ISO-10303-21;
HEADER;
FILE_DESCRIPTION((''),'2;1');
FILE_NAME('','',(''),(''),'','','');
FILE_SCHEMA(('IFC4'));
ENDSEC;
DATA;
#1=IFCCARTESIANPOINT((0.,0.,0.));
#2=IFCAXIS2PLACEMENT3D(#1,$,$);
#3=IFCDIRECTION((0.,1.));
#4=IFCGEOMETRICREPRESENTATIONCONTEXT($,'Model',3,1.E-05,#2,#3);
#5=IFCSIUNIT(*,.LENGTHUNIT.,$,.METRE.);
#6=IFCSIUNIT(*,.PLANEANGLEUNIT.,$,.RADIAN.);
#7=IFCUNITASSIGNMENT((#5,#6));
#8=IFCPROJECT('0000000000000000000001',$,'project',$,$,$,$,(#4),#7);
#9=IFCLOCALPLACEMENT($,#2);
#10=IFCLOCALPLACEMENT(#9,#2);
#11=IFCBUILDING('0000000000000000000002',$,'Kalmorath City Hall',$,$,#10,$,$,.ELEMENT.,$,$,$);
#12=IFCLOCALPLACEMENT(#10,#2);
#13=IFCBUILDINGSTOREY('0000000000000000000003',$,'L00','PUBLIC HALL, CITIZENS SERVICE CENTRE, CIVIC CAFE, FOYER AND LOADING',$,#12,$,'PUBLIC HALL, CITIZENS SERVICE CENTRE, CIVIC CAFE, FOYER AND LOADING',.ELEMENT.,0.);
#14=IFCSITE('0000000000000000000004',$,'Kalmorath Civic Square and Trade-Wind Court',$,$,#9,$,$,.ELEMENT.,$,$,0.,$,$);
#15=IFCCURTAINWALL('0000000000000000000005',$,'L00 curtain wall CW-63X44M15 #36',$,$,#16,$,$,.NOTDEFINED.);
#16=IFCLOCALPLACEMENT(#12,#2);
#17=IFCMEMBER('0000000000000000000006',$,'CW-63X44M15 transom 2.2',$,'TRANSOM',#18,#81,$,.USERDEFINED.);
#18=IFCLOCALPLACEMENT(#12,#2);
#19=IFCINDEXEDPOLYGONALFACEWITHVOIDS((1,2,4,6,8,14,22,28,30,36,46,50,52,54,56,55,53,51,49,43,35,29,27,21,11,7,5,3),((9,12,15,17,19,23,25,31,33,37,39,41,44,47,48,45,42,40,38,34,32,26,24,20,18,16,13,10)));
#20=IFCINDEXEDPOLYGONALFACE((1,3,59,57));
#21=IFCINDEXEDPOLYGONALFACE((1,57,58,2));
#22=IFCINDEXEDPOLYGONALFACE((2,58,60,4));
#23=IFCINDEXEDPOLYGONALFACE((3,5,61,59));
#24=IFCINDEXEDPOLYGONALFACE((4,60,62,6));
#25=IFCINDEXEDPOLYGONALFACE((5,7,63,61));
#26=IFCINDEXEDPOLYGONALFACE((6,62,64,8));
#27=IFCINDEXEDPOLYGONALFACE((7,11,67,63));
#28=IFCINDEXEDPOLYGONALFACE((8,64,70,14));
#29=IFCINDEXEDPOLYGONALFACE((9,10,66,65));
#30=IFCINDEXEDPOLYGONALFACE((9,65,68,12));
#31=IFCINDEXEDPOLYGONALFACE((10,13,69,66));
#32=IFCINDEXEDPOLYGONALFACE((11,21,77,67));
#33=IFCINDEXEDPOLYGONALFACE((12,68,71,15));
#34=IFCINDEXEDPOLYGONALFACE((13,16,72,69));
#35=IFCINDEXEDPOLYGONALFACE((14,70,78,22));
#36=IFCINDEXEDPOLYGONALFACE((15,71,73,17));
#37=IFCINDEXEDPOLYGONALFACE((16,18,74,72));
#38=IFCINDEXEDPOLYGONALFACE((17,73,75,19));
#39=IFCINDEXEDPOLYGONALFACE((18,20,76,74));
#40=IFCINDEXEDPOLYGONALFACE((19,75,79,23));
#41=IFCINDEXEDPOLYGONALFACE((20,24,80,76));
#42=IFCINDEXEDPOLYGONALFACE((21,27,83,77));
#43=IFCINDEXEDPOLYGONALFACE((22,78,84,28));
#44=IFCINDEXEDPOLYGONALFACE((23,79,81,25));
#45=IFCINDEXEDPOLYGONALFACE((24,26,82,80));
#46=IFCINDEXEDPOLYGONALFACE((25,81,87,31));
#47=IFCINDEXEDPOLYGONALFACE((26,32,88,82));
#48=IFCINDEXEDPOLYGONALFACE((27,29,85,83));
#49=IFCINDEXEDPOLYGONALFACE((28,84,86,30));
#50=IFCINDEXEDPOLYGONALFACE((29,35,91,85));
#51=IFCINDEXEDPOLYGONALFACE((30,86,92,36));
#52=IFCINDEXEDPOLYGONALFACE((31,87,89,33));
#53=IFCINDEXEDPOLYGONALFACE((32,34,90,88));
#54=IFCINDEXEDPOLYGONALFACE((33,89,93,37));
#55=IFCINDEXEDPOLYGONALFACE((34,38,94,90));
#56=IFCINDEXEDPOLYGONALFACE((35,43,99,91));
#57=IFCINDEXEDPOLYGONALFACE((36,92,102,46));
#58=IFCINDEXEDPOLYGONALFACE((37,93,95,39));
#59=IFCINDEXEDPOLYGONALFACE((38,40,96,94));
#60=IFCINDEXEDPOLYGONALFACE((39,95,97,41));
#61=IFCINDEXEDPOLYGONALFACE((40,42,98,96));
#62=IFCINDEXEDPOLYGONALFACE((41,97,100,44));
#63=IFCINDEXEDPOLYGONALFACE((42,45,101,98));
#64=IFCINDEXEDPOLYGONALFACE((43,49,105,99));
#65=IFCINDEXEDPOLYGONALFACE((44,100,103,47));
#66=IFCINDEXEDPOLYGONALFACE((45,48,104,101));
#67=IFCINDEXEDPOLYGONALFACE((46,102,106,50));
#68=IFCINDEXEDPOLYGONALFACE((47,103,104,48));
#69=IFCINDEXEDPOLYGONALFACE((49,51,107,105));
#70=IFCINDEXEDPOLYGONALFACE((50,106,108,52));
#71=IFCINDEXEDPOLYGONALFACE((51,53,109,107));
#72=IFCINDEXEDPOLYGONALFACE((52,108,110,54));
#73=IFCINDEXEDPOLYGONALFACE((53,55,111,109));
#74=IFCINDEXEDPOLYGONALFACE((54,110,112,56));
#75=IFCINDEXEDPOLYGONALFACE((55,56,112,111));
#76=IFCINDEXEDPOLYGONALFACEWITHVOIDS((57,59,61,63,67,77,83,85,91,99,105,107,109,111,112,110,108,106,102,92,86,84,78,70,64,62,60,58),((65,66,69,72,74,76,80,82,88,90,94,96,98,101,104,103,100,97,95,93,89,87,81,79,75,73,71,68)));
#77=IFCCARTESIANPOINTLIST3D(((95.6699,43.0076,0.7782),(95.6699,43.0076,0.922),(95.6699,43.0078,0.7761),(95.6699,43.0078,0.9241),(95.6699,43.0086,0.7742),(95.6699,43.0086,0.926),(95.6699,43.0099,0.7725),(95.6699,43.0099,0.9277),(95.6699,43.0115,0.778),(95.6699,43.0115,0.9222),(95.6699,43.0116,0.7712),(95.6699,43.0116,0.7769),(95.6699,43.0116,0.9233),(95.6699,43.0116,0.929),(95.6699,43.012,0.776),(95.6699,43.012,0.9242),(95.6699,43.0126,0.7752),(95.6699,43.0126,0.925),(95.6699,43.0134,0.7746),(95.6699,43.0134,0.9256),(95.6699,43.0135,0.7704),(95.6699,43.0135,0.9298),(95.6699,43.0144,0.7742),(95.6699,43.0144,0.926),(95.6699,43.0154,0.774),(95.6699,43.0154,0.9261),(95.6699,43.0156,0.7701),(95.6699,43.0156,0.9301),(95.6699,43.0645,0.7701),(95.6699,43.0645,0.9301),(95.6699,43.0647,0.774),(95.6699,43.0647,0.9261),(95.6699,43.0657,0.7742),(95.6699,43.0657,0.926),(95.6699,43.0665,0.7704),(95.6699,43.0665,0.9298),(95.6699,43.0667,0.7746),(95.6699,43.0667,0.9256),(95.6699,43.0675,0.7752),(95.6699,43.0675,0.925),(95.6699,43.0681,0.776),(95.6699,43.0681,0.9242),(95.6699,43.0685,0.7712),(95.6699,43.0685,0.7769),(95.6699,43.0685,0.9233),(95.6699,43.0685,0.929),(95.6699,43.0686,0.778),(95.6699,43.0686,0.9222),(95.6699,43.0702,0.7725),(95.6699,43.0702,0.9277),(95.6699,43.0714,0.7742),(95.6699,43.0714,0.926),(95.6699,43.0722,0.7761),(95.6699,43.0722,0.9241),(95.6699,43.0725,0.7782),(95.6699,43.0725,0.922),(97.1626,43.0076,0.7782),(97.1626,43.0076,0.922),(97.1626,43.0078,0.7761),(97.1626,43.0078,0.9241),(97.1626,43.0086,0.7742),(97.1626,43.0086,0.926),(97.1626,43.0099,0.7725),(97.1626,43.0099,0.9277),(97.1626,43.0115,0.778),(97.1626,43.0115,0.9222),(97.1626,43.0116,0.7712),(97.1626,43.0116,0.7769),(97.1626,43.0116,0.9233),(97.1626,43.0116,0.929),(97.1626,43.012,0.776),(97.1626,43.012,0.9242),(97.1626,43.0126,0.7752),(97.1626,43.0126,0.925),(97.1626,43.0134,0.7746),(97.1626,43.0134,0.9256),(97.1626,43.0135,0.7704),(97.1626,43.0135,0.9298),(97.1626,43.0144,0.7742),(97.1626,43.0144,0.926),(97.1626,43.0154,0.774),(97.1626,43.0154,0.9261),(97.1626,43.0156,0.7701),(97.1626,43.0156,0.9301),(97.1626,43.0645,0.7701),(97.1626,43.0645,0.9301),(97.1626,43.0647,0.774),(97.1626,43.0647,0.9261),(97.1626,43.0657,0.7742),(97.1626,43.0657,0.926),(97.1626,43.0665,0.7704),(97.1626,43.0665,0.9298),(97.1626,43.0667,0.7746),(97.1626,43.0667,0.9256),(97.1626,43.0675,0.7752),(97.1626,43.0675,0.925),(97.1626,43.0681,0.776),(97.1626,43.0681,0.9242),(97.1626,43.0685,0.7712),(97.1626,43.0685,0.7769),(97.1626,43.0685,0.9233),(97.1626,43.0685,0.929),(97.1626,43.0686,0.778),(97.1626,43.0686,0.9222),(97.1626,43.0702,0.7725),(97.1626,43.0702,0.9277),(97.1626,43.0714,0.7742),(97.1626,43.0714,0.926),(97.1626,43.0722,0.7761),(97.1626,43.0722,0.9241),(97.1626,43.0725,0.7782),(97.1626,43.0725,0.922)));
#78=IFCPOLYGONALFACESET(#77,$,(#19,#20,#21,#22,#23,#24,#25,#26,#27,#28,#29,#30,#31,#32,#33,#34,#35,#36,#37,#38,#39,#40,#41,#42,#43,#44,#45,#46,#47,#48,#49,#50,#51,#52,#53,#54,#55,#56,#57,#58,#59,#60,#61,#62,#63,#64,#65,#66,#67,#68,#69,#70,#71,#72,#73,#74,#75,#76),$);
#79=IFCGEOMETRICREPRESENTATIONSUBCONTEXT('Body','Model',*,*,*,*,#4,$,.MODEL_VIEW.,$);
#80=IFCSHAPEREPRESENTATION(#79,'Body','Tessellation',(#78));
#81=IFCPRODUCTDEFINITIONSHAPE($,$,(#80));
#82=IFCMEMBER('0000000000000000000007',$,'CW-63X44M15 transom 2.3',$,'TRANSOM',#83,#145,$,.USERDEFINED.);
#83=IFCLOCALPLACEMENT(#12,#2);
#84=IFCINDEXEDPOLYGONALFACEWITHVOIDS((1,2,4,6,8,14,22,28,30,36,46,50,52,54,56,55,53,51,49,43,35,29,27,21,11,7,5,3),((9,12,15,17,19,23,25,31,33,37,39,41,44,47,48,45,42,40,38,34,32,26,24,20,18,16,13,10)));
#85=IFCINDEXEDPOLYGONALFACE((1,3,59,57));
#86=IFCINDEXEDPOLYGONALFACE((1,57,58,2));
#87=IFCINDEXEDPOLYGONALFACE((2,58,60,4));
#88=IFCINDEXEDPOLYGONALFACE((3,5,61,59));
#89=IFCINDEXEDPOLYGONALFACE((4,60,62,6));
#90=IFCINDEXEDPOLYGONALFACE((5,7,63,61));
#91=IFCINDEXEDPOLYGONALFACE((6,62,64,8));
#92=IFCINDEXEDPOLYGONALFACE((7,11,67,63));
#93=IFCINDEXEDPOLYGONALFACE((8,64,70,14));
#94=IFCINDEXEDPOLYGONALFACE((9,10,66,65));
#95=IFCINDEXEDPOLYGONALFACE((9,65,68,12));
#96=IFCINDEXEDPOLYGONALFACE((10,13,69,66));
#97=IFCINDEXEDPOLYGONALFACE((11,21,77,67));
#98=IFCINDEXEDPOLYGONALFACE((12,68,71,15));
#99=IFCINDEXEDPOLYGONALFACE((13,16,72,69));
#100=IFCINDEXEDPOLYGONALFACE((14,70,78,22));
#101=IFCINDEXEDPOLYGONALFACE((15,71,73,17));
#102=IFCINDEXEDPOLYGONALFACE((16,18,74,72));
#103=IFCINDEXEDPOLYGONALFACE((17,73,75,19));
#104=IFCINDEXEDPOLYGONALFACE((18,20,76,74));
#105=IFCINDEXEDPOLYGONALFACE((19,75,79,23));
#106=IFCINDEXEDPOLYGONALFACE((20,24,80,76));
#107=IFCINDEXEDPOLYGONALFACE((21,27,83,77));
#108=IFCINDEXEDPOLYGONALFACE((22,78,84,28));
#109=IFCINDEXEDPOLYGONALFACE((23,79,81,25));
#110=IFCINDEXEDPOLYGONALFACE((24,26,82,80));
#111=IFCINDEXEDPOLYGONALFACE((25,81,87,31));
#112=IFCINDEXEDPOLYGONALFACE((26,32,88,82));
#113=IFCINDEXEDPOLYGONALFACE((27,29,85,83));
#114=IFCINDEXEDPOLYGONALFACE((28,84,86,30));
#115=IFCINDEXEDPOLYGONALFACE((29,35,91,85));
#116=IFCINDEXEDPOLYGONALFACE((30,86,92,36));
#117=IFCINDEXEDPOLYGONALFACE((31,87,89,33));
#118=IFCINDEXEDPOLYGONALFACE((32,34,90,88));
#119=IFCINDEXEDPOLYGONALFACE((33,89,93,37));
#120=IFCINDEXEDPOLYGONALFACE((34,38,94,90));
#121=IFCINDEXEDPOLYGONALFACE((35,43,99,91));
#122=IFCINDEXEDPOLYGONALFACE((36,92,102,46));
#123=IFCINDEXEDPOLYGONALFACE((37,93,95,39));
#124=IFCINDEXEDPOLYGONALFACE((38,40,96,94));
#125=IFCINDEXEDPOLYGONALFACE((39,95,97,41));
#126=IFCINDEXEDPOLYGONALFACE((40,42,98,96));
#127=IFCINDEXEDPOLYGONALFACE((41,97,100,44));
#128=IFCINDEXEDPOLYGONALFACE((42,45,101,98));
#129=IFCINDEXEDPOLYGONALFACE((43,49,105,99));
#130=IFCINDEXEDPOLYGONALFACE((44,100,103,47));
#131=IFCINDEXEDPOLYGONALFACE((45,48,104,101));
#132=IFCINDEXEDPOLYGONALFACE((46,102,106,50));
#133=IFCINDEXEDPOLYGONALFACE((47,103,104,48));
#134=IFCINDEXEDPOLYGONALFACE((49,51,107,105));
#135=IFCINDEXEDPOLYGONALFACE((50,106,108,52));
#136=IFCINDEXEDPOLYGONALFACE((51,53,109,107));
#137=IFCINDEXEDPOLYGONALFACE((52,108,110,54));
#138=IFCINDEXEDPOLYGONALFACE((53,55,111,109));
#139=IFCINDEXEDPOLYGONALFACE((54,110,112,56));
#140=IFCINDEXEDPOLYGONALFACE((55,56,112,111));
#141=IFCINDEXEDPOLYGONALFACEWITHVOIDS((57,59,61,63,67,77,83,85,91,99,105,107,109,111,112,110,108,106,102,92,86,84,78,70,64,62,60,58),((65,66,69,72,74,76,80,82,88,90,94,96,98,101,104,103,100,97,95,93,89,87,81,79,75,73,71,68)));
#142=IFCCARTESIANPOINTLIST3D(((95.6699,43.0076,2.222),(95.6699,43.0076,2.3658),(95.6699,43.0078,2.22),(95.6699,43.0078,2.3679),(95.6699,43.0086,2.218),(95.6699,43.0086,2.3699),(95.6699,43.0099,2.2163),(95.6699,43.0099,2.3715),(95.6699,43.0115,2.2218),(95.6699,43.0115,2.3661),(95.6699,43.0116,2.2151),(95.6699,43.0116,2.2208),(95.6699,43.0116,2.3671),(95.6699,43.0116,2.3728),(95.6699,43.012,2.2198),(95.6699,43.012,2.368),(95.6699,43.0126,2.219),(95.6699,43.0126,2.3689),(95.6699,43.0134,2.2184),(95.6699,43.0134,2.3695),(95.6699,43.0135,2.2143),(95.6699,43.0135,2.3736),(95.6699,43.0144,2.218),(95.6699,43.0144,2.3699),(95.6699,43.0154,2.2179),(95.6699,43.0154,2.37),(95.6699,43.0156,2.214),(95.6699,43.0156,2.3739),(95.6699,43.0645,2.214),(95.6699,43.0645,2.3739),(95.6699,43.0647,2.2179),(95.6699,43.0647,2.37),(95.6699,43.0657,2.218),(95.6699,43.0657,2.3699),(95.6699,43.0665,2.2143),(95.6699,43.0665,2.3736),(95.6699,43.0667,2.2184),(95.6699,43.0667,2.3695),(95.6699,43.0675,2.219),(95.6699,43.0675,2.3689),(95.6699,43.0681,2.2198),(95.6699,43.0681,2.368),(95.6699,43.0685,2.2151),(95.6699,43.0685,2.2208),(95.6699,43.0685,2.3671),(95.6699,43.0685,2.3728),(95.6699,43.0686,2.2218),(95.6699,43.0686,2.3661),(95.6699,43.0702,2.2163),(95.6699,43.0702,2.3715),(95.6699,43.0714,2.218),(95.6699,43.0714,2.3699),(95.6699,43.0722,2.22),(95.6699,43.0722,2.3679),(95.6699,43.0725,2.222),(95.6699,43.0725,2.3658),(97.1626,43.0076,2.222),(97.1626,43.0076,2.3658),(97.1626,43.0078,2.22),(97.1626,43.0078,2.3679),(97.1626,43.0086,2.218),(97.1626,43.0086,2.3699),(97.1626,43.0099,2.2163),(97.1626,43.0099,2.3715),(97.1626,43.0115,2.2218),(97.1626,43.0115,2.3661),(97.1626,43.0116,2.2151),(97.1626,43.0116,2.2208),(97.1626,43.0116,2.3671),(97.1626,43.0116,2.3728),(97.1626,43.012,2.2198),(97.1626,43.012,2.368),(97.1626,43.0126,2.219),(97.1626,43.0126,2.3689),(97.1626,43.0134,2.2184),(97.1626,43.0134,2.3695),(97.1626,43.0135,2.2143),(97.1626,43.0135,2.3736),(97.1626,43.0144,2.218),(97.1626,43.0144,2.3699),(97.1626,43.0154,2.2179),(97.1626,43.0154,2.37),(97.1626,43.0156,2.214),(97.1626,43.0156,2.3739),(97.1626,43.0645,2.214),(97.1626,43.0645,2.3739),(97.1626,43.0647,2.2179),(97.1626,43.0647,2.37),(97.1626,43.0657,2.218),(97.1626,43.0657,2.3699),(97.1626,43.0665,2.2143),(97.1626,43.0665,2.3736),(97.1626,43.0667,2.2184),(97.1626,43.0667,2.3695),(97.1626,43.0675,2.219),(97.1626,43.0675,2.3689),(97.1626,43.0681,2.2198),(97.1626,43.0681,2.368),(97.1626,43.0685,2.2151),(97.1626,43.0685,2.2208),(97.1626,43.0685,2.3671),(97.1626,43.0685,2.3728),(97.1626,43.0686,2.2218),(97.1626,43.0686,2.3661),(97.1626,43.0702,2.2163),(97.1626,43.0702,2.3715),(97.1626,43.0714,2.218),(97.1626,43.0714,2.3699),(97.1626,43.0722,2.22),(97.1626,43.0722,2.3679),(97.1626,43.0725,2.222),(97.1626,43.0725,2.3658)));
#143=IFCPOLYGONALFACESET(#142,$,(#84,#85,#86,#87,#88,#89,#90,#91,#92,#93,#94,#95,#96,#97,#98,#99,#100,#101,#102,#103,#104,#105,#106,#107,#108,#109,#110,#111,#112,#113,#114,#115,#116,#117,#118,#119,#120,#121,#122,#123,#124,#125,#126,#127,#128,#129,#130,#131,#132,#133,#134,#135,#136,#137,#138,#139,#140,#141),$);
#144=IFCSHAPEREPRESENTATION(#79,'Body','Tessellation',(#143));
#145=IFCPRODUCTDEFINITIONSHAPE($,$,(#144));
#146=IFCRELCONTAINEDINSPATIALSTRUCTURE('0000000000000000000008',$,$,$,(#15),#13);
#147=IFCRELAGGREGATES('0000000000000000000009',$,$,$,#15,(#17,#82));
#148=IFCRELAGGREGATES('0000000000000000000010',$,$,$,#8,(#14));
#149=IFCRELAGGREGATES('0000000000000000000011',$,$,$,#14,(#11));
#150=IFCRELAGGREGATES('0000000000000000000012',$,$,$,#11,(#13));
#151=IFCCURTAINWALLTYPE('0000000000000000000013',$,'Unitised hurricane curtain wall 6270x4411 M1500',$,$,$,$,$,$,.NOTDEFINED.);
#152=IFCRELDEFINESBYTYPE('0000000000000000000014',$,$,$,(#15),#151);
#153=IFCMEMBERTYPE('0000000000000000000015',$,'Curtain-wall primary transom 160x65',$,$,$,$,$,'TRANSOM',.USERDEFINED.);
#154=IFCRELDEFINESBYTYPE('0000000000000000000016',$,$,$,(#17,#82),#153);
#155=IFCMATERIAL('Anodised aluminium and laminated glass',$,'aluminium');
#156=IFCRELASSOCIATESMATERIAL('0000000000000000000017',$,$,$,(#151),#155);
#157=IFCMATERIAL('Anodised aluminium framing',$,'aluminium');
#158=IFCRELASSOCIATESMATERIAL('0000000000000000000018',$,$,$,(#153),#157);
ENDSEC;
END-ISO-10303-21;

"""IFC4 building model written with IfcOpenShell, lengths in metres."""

from ifc_helpers import new_model, si_unit, direction, frame, origin, origin_2d, place, context, subcontext, project, spatial, hollow_rectangle, extrude, material, material_profile, profile_set, type_object, element, aggregate, save


model = new_model("IFC4")

# Units and contexts
model_context = context("Model", 3, precision=1e-05, world=origin(), true_north=direction((0.0, 1.0)))
body_context = subcontext(model_context, "Body", "Model", "MODEL_VIEW")
ifc_project = project(units=[si_unit("LENGTHUNIT", "METRE"), si_unit("PLANEANGLEUNIT", "RADIAN")], contexts=[model_context])

# Site, building, storey
site_placement = place(None, origin())
site = spatial("IfcSite", under=ifc_project, at=site_placement, Name="Kalmorath Civic Square and Trade-Wind Court", CompositionType="ELEMENT", RefElevation=0.0)
building_placement = place(site_placement, origin())
building = spatial("IfcBuilding", under=site, at=building_placement, Name="Kalmorath City Hall", CompositionType="ELEMENT")
storey_placement = place(building_placement, origin())
storey = spatial("IfcBuildingStorey", under=building, at=storey_placement, Name="L00", Description="PUBLIC HALL, CITIZENS SERVICE CENTRE, CIVIC CAFE, FOYER AND LOADING", LongName="PUBLIC HALL, CITIZENS SERVICE CENTRE, CIVIC CAFE, FOYER AND LOADING", CompositionType="ELEMENT", Elevation=0.0)

# Curtain wall, members
ifc_material_1 = material(Name="Anodised aluminium and laminated glass", Category="aluminium")
curtain_wall_type = type_object("IfcCurtainWallType", Name="Unitised hurricane curtain wall 6270x4411 M1500", PredefinedType="NOTDEFINED", material=ifc_material_1)
curtain_wall_placement = place(storey_placement, origin())
curtain_wall = element("IfcCurtainWall", 1, at=curtain_wall_placement, inside=storey, type_object=curtain_wall_type, Name="L00 curtain wall CW-63X44M15 #36", PredefinedType="NOTDEFINED")
ifc_material_2 = material(Name="Anodised aluminium framing", Category="aluminium")
ifc_material_profile_1 = material_profile(ifc_material_2, hollow_rectangle(XDim=0.0649, YDim=0.1599, WallThickness=0.0039, InnerFilletRadius=0.0039, OuterFilletRadius=0.0081, at=origin_2d()), Name="ALU-TRN-160X65X4")
ifc_profile_set_1 = profile_set([ifc_material_profile_1], Name="Anodised aluminium framing")
member_type_1 = type_object("IfcMemberType", Name="Curtain-wall primary transom 160x65", ElementType="TRANSOM", PredefinedType="USERDEFINED", material=ifc_profile_set_1)
member_1_placement = place(storey_placement, frame((95.6699, 43.04, 0.8501), z_axis=(1.0, 0.0, 0.0), x_axis=(0.0, 1.0, 0.0)))
member_1 = element("IfcMember", 2, at=member_1_placement, type_object=member_type_1, Name="CW-63X44M15 transom 2.2", ObjectType="TRANSOM", PredefinedType="USERDEFINED", context=body_context, shape_type="SweptSolid", body=[
    extrude(hollow_rectangle(XDim=0.0649, YDim=0.1599, WallThickness=0.0039, InnerFilletRadius=0.0039, OuterFilletRadius=0.0081, at=origin_2d()), origin(), (0.0, 0.0, 1.0), 1.4927),
])
member_2_placement = place(storey_placement, frame((95.6699, 43.04, 2.2939), z_axis=(1.0, 0.0, 0.0), x_axis=(0.0, 1.0, 0.0)))
member_2 = element("IfcMember", 3, at=member_2_placement, type_object=member_type_1, Name="CW-63X44M15 transom 2.3", ObjectType="TRANSOM", PredefinedType="USERDEFINED", context=body_context, shape_type="SweptSolid", body=[
    extrude(hollow_rectangle(XDim=0.0649, YDim=0.1599, WallThickness=0.0039, InnerFilletRadius=0.0039, OuterFilletRadius=0.0081, at=origin_2d()), origin(), (0.0, 0.0, 1.0), 1.4927),
])
aggregate(curtain_wall, [member_1, member_2])

save(model, "model.ifc")
